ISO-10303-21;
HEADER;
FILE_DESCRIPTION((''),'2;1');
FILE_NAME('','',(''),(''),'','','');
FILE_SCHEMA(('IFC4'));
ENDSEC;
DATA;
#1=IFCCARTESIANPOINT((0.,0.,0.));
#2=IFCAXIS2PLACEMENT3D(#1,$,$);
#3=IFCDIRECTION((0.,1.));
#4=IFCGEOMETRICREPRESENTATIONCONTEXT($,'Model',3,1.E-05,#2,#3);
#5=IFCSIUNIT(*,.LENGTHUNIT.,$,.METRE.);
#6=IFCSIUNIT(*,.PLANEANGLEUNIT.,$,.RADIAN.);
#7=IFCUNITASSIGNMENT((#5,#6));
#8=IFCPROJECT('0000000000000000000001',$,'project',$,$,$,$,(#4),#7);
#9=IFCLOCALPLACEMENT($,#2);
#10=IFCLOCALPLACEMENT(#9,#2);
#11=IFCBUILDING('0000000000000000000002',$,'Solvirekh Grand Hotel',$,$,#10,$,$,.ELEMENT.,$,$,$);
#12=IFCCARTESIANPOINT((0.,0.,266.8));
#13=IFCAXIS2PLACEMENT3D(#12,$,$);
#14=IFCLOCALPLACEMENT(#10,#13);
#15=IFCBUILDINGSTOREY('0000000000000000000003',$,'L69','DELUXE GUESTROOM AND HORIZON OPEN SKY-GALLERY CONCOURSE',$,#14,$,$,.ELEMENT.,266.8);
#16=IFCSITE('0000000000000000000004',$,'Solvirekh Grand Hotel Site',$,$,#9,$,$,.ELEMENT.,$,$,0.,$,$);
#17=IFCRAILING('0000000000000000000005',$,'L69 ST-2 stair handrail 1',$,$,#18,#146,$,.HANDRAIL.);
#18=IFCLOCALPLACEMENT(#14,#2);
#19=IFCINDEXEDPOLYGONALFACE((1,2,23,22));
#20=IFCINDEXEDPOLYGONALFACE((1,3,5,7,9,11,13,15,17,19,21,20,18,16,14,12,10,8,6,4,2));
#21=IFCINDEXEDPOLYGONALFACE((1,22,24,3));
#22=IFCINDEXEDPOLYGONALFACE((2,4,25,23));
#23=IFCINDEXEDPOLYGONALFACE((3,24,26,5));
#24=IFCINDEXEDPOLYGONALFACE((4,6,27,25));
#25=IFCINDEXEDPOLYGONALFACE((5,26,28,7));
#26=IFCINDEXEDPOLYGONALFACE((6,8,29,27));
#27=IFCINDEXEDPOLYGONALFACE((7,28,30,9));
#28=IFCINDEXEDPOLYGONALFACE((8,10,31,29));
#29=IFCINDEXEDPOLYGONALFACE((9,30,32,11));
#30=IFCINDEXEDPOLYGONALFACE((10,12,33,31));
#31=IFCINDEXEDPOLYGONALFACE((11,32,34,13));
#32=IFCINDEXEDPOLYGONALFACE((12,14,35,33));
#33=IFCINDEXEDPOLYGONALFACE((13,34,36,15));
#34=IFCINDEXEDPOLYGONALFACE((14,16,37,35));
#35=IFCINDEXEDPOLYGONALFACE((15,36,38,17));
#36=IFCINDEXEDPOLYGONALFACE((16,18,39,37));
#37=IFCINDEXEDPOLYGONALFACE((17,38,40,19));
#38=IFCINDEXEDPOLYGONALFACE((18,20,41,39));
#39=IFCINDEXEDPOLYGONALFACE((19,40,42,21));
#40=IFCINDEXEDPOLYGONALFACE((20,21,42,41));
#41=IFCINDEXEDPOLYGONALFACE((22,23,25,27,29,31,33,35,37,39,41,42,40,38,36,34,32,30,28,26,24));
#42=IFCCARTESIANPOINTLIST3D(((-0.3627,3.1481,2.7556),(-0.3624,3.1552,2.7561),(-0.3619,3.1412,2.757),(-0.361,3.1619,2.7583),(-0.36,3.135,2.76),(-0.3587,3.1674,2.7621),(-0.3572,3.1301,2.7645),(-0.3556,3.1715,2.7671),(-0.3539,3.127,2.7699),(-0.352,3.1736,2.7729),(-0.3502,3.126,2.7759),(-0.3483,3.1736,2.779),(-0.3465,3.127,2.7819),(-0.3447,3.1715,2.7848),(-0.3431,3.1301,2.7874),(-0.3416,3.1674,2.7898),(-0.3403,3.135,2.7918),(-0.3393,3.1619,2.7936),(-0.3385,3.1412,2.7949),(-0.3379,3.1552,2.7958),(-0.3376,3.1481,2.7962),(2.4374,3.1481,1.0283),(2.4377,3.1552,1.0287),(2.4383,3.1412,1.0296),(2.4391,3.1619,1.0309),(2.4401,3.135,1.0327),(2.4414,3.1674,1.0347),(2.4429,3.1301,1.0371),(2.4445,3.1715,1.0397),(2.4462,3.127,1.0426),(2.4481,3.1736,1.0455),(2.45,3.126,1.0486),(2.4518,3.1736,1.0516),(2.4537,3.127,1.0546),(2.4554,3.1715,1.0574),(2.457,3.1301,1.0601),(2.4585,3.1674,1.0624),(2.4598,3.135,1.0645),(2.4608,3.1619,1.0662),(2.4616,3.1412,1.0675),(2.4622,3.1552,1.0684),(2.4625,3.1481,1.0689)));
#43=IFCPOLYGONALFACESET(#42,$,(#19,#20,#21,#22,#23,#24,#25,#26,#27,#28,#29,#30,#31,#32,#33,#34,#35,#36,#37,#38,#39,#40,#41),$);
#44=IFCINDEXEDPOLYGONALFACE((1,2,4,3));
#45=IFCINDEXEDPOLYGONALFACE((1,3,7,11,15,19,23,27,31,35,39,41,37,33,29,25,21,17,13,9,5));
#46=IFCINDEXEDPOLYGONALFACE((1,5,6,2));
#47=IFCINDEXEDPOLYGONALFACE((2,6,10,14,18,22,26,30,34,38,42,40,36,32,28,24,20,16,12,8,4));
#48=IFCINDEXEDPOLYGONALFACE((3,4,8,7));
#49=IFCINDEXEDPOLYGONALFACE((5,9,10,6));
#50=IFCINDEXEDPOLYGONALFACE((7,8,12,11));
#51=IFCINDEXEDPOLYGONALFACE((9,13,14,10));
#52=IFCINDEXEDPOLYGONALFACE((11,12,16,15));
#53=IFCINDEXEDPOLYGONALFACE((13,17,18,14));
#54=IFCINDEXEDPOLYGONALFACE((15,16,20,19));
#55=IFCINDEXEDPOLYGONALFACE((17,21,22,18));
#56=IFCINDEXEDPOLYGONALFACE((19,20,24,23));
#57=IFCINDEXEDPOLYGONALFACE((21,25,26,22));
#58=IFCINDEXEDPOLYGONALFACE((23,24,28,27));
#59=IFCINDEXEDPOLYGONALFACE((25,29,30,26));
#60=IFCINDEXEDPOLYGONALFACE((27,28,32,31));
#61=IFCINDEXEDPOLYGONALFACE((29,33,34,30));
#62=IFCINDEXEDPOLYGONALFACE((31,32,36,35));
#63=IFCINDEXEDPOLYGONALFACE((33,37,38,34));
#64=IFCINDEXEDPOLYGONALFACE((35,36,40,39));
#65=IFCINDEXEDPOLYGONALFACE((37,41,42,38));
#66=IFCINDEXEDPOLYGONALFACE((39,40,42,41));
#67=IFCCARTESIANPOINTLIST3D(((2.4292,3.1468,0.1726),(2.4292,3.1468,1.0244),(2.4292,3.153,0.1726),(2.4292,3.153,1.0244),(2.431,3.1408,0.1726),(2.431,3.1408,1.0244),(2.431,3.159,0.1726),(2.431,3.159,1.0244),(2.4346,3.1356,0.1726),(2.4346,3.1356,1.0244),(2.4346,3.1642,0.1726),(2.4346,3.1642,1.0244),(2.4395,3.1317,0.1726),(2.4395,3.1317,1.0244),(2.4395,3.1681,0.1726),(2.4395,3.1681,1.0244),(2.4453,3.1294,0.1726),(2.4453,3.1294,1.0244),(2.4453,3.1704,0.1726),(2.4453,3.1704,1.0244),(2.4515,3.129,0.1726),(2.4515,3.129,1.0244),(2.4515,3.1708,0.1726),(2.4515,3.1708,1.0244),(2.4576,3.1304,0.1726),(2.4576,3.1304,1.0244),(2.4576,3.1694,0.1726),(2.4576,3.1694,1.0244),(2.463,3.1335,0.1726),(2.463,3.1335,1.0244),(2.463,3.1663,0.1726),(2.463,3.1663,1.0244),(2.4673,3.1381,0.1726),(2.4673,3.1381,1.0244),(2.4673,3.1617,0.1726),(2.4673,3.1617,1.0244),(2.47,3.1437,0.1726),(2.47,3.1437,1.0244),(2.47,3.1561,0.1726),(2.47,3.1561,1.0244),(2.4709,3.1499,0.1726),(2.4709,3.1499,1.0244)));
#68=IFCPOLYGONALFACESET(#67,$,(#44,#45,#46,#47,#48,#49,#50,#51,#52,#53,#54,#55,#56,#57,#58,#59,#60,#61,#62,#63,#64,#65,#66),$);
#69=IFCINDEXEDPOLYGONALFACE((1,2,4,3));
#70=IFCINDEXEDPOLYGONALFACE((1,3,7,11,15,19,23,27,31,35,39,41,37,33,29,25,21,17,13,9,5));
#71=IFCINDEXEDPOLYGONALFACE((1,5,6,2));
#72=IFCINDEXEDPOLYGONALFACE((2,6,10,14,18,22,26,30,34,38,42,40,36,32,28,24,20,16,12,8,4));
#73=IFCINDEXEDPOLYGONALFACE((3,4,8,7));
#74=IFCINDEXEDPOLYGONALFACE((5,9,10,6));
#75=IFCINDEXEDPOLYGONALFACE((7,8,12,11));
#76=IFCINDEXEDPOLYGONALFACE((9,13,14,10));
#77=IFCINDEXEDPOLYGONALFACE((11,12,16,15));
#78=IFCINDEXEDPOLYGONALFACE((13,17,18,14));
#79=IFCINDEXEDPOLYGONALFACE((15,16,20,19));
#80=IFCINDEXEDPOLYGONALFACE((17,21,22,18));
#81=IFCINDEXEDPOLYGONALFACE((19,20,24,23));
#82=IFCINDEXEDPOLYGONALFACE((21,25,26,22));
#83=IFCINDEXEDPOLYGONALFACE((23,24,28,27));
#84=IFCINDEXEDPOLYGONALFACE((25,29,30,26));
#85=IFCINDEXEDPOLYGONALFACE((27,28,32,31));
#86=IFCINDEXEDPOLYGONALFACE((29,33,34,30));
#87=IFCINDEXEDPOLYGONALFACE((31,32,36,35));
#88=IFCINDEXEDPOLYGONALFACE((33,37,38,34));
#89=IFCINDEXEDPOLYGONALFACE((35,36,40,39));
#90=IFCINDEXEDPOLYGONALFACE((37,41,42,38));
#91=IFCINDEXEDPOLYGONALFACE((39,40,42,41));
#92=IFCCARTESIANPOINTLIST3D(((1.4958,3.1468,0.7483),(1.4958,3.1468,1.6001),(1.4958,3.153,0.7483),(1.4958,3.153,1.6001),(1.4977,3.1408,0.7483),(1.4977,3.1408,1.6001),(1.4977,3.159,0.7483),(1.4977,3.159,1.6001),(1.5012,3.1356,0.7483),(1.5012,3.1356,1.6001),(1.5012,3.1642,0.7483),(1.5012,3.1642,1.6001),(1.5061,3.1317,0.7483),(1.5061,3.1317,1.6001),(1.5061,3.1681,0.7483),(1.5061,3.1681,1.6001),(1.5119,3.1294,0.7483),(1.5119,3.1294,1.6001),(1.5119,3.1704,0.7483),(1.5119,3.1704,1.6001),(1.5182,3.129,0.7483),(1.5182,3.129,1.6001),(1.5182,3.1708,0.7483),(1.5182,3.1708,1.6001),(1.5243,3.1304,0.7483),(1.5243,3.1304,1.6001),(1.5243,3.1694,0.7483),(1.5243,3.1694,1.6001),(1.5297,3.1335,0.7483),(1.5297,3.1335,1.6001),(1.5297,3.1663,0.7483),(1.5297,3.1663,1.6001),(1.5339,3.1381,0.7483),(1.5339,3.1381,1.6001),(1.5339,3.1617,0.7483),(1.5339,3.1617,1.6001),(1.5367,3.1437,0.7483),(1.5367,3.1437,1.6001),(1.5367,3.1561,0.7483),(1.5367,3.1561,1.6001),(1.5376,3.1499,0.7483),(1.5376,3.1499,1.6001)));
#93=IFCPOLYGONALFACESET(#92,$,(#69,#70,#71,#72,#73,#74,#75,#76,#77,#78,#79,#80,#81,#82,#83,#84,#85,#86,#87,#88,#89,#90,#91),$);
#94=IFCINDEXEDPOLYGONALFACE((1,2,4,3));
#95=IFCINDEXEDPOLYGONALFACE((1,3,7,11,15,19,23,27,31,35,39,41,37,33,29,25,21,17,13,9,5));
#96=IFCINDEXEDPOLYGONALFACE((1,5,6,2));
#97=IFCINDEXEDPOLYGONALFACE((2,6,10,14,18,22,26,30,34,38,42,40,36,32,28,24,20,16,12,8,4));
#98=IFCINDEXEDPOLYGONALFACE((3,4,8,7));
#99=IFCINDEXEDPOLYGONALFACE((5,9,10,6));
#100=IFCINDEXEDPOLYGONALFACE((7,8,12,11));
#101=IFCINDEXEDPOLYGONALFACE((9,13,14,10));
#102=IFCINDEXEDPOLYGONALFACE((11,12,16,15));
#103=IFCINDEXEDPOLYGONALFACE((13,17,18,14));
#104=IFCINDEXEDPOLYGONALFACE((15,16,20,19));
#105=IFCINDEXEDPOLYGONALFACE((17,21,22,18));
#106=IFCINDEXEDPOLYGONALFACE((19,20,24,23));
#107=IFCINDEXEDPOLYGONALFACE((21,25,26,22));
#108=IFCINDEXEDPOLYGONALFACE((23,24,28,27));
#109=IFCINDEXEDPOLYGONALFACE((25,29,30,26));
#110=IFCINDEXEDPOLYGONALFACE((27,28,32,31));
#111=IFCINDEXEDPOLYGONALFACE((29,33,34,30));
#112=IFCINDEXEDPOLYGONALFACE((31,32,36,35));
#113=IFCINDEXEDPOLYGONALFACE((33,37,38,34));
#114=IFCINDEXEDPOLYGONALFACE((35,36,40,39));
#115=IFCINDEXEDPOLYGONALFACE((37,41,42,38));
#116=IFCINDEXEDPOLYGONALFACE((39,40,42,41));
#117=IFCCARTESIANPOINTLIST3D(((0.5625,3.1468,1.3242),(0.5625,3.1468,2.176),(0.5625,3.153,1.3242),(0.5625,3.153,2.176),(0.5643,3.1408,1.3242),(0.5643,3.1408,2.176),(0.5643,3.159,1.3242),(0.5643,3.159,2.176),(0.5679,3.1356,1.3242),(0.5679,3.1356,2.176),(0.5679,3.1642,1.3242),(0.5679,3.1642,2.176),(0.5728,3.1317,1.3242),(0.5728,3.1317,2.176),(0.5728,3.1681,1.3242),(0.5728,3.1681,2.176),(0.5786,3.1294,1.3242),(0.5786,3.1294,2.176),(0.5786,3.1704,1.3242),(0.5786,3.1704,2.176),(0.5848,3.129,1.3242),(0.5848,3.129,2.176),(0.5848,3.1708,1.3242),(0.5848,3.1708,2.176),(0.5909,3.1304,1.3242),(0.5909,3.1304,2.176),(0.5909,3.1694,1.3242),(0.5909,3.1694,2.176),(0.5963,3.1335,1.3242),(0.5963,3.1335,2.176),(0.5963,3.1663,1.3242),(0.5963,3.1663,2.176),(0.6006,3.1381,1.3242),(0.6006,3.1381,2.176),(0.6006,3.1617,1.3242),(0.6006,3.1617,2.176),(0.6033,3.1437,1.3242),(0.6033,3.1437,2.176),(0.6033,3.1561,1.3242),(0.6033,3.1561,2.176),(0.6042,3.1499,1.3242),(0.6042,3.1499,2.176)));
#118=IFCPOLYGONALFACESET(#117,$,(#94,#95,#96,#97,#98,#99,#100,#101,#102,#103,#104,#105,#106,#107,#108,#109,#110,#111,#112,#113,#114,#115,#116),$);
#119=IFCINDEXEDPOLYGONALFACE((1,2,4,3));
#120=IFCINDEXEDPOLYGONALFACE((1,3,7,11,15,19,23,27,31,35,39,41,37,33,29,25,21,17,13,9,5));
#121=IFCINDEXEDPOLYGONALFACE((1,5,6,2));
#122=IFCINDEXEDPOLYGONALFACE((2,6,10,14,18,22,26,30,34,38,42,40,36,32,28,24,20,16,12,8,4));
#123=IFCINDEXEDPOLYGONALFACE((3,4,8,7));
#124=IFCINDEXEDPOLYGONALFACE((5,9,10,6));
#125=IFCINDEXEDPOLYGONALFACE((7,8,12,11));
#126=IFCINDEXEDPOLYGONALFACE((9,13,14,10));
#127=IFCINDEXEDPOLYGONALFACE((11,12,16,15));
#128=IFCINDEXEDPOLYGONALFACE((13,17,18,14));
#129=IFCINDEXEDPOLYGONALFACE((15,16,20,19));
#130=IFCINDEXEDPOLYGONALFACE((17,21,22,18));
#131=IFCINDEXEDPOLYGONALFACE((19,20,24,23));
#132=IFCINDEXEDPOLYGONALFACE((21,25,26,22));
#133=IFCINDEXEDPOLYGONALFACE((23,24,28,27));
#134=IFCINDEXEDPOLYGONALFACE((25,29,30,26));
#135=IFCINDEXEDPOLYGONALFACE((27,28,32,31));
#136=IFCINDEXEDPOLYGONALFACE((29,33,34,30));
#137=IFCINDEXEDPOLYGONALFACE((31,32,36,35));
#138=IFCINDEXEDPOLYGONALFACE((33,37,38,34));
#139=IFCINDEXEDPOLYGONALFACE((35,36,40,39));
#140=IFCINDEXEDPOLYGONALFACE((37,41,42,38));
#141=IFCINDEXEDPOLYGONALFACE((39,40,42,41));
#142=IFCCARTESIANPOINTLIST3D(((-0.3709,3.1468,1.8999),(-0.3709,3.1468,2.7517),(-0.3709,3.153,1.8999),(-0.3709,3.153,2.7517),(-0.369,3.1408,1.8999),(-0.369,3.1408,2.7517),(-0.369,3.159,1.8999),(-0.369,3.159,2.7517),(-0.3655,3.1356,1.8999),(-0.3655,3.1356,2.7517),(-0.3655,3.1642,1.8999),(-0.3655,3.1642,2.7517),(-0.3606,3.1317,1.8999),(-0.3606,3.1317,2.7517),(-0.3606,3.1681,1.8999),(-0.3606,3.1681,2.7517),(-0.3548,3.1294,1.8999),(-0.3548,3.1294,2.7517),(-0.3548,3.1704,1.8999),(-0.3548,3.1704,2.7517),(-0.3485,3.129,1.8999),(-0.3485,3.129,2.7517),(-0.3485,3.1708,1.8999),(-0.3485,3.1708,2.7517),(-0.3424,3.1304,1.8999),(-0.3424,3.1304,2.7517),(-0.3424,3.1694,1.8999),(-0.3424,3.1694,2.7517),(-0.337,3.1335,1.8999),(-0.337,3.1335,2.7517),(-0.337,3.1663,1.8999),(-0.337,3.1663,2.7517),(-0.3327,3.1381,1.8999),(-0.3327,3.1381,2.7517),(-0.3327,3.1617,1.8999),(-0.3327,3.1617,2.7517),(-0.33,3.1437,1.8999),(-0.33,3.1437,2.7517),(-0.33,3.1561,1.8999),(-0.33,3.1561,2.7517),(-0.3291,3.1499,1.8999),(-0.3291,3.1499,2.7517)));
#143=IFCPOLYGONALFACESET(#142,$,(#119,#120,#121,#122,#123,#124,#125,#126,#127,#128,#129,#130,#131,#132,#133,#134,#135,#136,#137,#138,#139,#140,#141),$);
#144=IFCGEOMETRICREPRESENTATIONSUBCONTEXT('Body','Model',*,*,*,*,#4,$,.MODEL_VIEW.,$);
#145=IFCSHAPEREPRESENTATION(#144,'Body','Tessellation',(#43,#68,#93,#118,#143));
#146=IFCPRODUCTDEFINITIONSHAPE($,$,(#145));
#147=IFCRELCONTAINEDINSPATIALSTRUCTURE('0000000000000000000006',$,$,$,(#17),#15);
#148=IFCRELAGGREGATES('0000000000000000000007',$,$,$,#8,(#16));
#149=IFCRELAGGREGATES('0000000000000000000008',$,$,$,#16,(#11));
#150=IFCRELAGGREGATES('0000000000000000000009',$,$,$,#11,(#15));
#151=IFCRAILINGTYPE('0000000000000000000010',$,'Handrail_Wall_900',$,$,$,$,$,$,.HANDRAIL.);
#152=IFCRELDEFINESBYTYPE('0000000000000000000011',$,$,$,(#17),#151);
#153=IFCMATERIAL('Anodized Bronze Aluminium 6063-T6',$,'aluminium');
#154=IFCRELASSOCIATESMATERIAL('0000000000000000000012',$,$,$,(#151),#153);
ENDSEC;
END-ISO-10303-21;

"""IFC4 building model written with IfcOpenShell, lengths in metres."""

from ifc_helpers import new_model, si_unit, direction, frame, origin, origin_2d, place, context, subcontext, project, spatial, circle, extrude, material, type_object, element, save


model = new_model("IFC4")

# Units and contexts
model_context = context("Model", 3, precision=1e-05, world=origin(), true_north=direction((0.0, 1.0)))
body_context = subcontext(model_context, "Body", "Model", "MODEL_VIEW")
ifc_project = project(units=[si_unit("LENGTHUNIT", "METRE"), si_unit("PLANEANGLEUNIT", "RADIAN")], contexts=[model_context])

# Site, building, storey
site_placement = place(None, origin())
site = spatial("IfcSite", under=ifc_project, at=site_placement, Name="Solvirekh Grand Hotel Site", CompositionType="ELEMENT", RefElevation=0.0)
building_placement = place(site_placement, origin())
building = spatial("IfcBuilding", under=site, at=building_placement, Name="Solvirekh Grand Hotel", CompositionType="ELEMENT")
storey_placement = place(building_placement, frame((0.0, 0.0, 266.8)))
storey = spatial("IfcBuildingStorey", under=building, at=storey_placement, Name="L69", Description="DELUXE GUESTROOM AND HORIZON OPEN SKY-GALLERY CONCOURSE", CompositionType="ELEMENT", Elevation=266.8)

# Shared definitions
ifc_material_1 = material(Name="Anodized Bronze Aluminium 6063-T6", Category="aluminium")

# Railing
railing_type_1 = type_object("IfcRailingType", Name="Handrail_Wall_900", PredefinedType="HANDRAIL", material=ifc_material_1)
railing_1_placement = place(storey_placement, frame((2.45, 3.1499, 0.1726)))
element("IfcRailing", 1, at=railing_1_placement, inside=storey, type_object=railing_type_1, Name="L69 ST-2 stair handrail 1", PredefinedType="HANDRAIL", context=body_context, shape_type="SweptSolid", body=[
    extrude(circle(Radius=0.0239, at=origin_2d()), frame((0.0, 0.0, 0.876), z_axis=(-0.85109, 0.0, 0.52502), x_axis=(0.0, -1.0, 0.0)), (0.0, 0.0, 1.0), 3.29),
    extrude(circle(Radius=0.021, at=origin_2d()), origin(), (0.0, 0.0, 1.0), 0.8518),
    extrude(circle(Radius=0.021, at=origin_2d()), frame((-0.9333, 0.0, 0.5757)), (0.0, 0.0, 1.0), 0.8518),
    extrude(circle(Radius=0.021, at=origin_2d()), frame((-1.8667, 0.0, 1.1516)), (0.0, 0.0, 1.0), 0.8518),
    extrude(circle(Radius=0.021, at=origin_2d()), frame((-2.8, 0.0, 1.7273)), (0.0, 0.0, 1.0), 0.8518),
])

save(model, "model.ifc")
